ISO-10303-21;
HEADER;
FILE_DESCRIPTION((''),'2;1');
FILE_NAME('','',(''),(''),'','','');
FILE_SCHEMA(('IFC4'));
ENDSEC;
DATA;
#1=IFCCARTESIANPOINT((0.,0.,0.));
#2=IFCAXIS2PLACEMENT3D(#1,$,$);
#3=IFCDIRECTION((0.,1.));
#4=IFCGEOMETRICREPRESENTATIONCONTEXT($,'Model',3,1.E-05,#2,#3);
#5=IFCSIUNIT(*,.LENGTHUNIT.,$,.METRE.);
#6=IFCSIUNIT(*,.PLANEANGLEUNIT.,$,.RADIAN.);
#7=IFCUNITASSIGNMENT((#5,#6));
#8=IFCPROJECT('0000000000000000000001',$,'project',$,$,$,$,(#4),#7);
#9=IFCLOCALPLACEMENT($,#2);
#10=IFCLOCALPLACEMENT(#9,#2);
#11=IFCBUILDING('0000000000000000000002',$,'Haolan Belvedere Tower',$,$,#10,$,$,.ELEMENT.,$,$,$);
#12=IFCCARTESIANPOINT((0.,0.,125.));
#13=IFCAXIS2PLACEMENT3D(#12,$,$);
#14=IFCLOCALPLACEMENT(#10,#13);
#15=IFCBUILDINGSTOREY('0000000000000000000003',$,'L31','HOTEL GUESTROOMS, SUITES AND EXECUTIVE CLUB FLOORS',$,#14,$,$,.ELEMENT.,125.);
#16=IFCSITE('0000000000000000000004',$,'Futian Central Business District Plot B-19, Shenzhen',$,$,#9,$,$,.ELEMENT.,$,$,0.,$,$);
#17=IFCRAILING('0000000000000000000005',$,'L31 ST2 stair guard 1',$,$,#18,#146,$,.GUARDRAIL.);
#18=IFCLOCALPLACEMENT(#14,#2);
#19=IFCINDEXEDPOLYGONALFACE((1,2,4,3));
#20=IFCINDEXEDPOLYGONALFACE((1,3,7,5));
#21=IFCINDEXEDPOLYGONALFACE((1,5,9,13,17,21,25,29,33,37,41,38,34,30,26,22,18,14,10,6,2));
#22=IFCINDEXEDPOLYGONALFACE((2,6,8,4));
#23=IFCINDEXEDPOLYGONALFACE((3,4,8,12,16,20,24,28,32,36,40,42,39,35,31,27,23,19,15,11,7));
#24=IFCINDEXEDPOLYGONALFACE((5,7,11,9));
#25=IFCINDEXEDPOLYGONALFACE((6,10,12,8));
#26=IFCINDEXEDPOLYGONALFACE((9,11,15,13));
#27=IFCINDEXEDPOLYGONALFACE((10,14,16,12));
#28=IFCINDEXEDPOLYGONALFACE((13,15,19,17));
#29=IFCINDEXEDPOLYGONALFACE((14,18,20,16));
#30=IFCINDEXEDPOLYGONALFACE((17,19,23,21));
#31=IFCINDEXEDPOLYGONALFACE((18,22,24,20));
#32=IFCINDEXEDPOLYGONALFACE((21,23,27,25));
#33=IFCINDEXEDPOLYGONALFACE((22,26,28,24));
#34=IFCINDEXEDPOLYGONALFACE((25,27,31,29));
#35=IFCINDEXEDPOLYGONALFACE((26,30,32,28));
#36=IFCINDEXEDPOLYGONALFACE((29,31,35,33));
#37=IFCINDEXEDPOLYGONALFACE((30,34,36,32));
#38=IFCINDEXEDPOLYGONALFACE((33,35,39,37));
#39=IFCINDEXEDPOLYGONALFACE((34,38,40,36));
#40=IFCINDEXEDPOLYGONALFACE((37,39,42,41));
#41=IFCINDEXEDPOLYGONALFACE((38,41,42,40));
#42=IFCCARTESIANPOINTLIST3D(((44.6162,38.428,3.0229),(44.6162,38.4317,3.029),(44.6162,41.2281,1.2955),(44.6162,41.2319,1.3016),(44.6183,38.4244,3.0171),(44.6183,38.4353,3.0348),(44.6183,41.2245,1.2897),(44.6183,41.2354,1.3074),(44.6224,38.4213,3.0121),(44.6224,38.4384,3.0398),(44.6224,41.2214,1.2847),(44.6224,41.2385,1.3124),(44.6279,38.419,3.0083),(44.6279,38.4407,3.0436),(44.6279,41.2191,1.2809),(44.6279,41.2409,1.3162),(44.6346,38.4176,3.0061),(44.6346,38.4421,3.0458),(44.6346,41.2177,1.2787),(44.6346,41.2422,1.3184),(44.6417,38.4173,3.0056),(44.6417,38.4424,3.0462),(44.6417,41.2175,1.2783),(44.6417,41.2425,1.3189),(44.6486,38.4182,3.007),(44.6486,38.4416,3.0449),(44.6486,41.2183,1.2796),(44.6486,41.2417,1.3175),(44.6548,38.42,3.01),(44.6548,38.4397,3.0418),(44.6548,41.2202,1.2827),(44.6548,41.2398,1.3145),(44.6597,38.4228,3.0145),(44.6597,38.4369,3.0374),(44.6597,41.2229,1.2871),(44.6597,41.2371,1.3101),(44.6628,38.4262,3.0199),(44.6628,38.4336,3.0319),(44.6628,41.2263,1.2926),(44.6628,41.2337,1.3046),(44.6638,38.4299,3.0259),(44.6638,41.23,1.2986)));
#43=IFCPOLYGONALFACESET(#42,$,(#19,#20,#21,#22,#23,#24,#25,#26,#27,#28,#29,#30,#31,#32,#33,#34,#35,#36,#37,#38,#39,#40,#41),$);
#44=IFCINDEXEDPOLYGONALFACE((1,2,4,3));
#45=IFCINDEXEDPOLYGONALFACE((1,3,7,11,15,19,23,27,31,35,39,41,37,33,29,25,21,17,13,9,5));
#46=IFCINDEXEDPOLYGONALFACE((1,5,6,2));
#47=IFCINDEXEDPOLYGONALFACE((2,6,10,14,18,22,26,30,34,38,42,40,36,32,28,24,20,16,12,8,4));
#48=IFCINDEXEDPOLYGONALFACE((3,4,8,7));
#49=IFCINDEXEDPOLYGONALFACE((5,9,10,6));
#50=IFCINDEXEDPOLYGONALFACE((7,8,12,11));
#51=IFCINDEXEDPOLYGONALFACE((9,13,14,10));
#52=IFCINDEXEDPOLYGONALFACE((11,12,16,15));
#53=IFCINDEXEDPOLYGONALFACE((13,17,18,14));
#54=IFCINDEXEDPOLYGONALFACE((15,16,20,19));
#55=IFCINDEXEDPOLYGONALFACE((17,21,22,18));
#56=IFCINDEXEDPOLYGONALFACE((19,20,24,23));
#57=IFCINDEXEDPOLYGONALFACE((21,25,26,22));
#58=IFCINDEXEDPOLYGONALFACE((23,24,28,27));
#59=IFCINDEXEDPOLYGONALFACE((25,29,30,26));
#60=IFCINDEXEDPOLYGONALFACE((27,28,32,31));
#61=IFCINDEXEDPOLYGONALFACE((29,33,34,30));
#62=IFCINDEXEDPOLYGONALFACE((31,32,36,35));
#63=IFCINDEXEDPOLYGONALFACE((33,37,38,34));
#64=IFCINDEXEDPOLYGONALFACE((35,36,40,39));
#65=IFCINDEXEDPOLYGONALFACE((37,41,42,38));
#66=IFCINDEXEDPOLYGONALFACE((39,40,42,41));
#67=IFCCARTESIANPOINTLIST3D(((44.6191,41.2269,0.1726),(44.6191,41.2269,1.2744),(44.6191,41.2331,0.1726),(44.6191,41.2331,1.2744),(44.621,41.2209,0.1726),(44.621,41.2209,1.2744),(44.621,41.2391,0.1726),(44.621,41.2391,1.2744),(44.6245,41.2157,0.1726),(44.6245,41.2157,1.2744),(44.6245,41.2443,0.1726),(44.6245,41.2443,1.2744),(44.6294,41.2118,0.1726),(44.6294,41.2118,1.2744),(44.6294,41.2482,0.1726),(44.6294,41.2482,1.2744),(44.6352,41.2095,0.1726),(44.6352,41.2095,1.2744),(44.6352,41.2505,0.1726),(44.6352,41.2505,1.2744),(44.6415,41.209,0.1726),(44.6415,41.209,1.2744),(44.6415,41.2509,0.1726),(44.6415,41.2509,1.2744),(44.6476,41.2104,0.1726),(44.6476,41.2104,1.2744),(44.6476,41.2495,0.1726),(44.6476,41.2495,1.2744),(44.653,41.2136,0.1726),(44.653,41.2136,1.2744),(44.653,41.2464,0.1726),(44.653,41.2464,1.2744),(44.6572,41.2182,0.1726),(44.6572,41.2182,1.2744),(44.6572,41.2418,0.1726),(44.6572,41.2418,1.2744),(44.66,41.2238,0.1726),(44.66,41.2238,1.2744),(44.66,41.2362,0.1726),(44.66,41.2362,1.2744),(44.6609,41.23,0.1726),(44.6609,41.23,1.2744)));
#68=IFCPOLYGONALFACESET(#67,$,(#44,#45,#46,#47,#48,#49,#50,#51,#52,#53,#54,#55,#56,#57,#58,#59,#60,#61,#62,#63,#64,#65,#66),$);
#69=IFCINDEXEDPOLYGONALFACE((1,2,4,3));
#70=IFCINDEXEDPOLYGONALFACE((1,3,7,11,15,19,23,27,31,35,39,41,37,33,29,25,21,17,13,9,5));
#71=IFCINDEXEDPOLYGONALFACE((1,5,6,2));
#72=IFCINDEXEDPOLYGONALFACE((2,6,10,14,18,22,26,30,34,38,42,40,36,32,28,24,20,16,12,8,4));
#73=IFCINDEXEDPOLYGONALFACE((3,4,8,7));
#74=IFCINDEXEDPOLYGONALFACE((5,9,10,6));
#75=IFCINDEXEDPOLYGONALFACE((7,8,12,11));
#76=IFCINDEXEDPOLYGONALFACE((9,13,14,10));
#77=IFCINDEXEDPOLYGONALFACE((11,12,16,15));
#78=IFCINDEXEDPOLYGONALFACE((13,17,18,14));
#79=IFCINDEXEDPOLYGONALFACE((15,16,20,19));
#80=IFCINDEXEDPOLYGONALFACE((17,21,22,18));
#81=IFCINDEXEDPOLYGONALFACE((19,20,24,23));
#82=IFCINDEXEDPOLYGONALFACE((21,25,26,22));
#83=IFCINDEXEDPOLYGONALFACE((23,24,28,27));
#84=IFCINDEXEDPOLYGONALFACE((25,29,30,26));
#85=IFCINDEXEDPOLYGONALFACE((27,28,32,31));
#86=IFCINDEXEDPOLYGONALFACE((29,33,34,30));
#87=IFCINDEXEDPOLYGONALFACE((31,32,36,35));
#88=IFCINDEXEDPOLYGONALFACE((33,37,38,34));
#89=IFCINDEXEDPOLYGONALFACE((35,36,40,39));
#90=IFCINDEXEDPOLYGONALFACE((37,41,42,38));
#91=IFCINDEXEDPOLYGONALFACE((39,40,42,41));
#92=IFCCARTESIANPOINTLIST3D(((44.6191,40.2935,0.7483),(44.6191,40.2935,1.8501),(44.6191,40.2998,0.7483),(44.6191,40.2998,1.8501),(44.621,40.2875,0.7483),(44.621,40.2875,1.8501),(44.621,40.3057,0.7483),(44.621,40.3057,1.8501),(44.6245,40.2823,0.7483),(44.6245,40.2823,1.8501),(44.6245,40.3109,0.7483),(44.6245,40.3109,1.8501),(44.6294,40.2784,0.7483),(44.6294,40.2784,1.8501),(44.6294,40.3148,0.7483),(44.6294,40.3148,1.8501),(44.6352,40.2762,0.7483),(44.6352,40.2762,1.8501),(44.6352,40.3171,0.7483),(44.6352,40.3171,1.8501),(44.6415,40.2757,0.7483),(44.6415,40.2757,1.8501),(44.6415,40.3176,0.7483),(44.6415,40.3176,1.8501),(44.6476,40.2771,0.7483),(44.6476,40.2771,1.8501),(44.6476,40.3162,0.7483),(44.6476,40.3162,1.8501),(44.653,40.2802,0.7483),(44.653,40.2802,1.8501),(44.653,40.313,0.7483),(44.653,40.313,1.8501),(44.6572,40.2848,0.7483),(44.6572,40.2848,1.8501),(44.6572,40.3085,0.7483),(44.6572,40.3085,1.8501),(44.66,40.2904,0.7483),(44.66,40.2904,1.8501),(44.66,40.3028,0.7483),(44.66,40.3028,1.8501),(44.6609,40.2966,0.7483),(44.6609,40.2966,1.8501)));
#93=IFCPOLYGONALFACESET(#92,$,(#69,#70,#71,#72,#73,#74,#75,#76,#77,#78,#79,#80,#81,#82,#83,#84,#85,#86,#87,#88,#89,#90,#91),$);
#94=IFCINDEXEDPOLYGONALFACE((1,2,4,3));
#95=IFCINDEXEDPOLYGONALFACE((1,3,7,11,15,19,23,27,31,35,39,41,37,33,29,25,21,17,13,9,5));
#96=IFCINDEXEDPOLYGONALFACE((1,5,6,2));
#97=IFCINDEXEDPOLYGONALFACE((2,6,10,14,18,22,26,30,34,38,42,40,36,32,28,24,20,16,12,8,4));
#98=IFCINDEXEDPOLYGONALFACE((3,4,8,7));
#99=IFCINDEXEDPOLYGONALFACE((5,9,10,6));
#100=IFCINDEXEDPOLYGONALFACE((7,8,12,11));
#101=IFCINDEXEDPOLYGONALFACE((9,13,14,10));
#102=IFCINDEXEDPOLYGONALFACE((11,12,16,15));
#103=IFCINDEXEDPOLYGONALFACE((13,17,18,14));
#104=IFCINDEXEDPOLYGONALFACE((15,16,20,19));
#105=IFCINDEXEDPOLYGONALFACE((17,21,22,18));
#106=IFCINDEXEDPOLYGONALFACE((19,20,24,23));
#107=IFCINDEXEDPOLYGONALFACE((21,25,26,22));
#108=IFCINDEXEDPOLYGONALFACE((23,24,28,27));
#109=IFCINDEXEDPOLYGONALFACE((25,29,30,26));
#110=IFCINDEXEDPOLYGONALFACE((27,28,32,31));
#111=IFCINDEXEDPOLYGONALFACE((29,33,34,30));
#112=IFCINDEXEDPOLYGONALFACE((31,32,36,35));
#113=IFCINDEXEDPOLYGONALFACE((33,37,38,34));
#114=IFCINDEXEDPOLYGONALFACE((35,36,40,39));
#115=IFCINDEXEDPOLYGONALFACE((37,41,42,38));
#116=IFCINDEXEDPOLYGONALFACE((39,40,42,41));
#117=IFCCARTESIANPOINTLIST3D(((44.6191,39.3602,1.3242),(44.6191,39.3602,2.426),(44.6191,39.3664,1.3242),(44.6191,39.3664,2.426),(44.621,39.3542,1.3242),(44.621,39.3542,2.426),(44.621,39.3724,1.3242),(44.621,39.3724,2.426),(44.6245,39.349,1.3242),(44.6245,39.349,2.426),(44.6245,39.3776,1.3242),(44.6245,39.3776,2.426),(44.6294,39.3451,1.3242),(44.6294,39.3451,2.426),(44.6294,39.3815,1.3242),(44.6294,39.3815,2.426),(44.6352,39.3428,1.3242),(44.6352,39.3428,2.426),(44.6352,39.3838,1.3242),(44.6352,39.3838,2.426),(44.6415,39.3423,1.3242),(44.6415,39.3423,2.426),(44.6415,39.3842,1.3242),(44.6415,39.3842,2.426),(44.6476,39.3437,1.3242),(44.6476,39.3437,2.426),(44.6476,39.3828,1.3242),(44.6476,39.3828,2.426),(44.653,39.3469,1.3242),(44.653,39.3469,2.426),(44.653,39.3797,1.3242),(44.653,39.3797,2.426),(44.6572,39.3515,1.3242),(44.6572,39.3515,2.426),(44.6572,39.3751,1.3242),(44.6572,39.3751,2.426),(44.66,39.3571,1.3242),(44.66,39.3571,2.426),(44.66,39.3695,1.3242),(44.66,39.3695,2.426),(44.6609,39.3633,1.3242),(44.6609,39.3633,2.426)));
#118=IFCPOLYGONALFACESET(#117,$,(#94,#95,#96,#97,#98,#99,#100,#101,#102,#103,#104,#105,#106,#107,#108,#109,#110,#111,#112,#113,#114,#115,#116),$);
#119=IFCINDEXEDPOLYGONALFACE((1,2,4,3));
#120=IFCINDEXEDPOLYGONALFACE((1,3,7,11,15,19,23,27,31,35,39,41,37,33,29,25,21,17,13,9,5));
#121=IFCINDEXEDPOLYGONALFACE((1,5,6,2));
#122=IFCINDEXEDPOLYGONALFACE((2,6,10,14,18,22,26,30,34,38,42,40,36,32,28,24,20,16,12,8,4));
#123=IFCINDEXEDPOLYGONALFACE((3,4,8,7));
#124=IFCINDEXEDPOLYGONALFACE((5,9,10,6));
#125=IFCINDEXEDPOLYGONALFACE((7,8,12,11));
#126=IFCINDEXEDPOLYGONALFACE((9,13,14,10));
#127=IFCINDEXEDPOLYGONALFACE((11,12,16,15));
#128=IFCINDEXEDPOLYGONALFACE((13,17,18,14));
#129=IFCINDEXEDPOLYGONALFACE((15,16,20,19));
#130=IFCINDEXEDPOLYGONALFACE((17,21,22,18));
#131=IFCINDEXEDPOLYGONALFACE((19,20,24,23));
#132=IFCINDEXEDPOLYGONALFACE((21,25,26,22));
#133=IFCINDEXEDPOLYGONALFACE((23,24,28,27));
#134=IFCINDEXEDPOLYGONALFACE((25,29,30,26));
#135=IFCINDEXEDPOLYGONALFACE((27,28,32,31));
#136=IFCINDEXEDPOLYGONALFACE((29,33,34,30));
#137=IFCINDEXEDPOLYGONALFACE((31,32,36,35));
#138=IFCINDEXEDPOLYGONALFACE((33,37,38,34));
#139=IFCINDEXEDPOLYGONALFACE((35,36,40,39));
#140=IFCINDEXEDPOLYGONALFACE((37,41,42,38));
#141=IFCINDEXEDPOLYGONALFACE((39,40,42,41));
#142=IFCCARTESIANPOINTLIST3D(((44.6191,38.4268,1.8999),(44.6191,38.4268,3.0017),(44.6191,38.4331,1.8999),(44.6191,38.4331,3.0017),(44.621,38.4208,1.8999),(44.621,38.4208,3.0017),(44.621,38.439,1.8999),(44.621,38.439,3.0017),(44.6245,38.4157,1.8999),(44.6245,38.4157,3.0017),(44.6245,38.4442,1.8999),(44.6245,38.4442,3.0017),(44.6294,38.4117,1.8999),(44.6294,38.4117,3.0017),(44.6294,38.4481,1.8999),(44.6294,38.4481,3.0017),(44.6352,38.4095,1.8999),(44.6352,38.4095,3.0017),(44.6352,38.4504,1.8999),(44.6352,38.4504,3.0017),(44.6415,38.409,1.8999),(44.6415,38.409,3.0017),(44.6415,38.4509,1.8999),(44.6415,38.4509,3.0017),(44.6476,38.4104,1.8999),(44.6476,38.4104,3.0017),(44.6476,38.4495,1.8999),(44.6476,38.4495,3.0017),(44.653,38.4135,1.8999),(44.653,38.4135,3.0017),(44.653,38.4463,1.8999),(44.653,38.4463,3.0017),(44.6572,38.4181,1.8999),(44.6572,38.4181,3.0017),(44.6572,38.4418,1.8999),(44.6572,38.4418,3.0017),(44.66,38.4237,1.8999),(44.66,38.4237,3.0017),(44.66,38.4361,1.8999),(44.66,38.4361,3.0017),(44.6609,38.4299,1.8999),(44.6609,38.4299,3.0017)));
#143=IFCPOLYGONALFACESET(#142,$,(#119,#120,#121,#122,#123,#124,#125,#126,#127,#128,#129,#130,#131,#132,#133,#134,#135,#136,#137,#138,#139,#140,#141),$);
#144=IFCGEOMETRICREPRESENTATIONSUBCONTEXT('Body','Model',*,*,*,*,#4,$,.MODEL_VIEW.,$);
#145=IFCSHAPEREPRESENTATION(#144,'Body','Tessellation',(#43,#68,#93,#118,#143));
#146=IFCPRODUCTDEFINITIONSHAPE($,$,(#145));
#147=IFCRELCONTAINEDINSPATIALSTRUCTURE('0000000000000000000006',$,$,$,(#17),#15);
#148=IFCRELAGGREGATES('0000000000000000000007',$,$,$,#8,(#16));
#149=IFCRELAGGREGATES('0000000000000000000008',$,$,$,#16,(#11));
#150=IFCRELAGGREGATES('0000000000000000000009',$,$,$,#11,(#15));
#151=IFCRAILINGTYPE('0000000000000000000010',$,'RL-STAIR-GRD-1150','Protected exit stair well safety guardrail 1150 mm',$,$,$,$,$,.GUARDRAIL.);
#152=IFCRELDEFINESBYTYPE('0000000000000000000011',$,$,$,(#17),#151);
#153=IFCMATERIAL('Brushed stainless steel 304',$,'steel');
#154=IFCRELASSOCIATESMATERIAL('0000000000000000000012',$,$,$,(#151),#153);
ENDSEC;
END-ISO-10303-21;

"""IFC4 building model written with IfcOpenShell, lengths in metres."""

from ifc_helpers import new_model, si_unit, direction, frame, origin, origin_2d, place, context, subcontext, project, spatial, circle, extrude, material, type_object, element, save


model = new_model("IFC4")

# Units and contexts
model_context = context("Model", 3, precision=1e-05, world=origin(), true_north=direction((0.0, 1.0)))
body_context = subcontext(model_context, "Body", "Model", "MODEL_VIEW")
ifc_project = project(units=[si_unit("LENGTHUNIT", "METRE"), si_unit("PLANEANGLEUNIT", "RADIAN")], contexts=[model_context])

# Site, building, storey
site_placement = place(None, origin())
site = spatial("IfcSite", under=ifc_project, at=site_placement, Name="Futian Central Business District Plot B-19, Shenzhen", CompositionType="ELEMENT", RefElevation=0.0)
building_placement = place(site_placement, origin())
building = spatial("IfcBuilding", under=site, at=building_placement, Name="Haolan Belvedere Tower", CompositionType="ELEMENT")
storey_placement = place(building_placement, frame((0.0, 0.0, 125.0)))
storey = spatial("IfcBuildingStorey", under=building, at=storey_placement, Name="L31", Description="HOTEL GUESTROOMS, SUITES AND EXECUTIVE CLUB FLOORS", CompositionType="ELEMENT", Elevation=125.0)

# Railing
ifc_material_1 = material(Name="Brushed stainless steel 304", Category="steel")
railing_type_1 = type_object("IfcRailingType", Name="RL-STAIR-GRD-1150", Description="Protected exit stair well safety guardrail 1150 mm", PredefinedType="GUARDRAIL", material=ifc_material_1)
railing_1_placement = place(storey_placement, frame((44.6399, 41.23, 0.1726)))
element("IfcRailing", 1, at=railing_1_placement, inside=storey, type_object=railing_type_1, Name="L31 ST2 stair guard 1", PredefinedType="GUARDRAIL", context=body_context, shape_type="SweptSolid", body=[
    extrude(circle(Radius=0.0239, at=origin_2d()), frame((0.0, 0.0, 1.126), z_axis=(0.0, -0.85109, 0.52502), x_axis=(1.0, 0.0, 0.0)), (0.0, 0.0, 1.0), 3.29),
    extrude(circle(Radius=0.021, at=origin_2d()), origin(), (0.0, 0.0, 1.0), 1.1018),
    extrude(circle(Radius=0.021, at=origin_2d()), frame((0.0, -0.9333, 0.5757)), (0.0, 0.0, 1.0), 1.1018),
    extrude(circle(Radius=0.021, at=origin_2d()), frame((0.0, -1.8667, 1.1516)), (0.0, 0.0, 1.0), 1.1018),
    extrude(circle(Radius=0.021, at=origin_2d()), frame((0.0, -2.8, 1.7273)), (0.0, 0.0, 1.0), 1.1018),
])

save(model, "model.ifc")
